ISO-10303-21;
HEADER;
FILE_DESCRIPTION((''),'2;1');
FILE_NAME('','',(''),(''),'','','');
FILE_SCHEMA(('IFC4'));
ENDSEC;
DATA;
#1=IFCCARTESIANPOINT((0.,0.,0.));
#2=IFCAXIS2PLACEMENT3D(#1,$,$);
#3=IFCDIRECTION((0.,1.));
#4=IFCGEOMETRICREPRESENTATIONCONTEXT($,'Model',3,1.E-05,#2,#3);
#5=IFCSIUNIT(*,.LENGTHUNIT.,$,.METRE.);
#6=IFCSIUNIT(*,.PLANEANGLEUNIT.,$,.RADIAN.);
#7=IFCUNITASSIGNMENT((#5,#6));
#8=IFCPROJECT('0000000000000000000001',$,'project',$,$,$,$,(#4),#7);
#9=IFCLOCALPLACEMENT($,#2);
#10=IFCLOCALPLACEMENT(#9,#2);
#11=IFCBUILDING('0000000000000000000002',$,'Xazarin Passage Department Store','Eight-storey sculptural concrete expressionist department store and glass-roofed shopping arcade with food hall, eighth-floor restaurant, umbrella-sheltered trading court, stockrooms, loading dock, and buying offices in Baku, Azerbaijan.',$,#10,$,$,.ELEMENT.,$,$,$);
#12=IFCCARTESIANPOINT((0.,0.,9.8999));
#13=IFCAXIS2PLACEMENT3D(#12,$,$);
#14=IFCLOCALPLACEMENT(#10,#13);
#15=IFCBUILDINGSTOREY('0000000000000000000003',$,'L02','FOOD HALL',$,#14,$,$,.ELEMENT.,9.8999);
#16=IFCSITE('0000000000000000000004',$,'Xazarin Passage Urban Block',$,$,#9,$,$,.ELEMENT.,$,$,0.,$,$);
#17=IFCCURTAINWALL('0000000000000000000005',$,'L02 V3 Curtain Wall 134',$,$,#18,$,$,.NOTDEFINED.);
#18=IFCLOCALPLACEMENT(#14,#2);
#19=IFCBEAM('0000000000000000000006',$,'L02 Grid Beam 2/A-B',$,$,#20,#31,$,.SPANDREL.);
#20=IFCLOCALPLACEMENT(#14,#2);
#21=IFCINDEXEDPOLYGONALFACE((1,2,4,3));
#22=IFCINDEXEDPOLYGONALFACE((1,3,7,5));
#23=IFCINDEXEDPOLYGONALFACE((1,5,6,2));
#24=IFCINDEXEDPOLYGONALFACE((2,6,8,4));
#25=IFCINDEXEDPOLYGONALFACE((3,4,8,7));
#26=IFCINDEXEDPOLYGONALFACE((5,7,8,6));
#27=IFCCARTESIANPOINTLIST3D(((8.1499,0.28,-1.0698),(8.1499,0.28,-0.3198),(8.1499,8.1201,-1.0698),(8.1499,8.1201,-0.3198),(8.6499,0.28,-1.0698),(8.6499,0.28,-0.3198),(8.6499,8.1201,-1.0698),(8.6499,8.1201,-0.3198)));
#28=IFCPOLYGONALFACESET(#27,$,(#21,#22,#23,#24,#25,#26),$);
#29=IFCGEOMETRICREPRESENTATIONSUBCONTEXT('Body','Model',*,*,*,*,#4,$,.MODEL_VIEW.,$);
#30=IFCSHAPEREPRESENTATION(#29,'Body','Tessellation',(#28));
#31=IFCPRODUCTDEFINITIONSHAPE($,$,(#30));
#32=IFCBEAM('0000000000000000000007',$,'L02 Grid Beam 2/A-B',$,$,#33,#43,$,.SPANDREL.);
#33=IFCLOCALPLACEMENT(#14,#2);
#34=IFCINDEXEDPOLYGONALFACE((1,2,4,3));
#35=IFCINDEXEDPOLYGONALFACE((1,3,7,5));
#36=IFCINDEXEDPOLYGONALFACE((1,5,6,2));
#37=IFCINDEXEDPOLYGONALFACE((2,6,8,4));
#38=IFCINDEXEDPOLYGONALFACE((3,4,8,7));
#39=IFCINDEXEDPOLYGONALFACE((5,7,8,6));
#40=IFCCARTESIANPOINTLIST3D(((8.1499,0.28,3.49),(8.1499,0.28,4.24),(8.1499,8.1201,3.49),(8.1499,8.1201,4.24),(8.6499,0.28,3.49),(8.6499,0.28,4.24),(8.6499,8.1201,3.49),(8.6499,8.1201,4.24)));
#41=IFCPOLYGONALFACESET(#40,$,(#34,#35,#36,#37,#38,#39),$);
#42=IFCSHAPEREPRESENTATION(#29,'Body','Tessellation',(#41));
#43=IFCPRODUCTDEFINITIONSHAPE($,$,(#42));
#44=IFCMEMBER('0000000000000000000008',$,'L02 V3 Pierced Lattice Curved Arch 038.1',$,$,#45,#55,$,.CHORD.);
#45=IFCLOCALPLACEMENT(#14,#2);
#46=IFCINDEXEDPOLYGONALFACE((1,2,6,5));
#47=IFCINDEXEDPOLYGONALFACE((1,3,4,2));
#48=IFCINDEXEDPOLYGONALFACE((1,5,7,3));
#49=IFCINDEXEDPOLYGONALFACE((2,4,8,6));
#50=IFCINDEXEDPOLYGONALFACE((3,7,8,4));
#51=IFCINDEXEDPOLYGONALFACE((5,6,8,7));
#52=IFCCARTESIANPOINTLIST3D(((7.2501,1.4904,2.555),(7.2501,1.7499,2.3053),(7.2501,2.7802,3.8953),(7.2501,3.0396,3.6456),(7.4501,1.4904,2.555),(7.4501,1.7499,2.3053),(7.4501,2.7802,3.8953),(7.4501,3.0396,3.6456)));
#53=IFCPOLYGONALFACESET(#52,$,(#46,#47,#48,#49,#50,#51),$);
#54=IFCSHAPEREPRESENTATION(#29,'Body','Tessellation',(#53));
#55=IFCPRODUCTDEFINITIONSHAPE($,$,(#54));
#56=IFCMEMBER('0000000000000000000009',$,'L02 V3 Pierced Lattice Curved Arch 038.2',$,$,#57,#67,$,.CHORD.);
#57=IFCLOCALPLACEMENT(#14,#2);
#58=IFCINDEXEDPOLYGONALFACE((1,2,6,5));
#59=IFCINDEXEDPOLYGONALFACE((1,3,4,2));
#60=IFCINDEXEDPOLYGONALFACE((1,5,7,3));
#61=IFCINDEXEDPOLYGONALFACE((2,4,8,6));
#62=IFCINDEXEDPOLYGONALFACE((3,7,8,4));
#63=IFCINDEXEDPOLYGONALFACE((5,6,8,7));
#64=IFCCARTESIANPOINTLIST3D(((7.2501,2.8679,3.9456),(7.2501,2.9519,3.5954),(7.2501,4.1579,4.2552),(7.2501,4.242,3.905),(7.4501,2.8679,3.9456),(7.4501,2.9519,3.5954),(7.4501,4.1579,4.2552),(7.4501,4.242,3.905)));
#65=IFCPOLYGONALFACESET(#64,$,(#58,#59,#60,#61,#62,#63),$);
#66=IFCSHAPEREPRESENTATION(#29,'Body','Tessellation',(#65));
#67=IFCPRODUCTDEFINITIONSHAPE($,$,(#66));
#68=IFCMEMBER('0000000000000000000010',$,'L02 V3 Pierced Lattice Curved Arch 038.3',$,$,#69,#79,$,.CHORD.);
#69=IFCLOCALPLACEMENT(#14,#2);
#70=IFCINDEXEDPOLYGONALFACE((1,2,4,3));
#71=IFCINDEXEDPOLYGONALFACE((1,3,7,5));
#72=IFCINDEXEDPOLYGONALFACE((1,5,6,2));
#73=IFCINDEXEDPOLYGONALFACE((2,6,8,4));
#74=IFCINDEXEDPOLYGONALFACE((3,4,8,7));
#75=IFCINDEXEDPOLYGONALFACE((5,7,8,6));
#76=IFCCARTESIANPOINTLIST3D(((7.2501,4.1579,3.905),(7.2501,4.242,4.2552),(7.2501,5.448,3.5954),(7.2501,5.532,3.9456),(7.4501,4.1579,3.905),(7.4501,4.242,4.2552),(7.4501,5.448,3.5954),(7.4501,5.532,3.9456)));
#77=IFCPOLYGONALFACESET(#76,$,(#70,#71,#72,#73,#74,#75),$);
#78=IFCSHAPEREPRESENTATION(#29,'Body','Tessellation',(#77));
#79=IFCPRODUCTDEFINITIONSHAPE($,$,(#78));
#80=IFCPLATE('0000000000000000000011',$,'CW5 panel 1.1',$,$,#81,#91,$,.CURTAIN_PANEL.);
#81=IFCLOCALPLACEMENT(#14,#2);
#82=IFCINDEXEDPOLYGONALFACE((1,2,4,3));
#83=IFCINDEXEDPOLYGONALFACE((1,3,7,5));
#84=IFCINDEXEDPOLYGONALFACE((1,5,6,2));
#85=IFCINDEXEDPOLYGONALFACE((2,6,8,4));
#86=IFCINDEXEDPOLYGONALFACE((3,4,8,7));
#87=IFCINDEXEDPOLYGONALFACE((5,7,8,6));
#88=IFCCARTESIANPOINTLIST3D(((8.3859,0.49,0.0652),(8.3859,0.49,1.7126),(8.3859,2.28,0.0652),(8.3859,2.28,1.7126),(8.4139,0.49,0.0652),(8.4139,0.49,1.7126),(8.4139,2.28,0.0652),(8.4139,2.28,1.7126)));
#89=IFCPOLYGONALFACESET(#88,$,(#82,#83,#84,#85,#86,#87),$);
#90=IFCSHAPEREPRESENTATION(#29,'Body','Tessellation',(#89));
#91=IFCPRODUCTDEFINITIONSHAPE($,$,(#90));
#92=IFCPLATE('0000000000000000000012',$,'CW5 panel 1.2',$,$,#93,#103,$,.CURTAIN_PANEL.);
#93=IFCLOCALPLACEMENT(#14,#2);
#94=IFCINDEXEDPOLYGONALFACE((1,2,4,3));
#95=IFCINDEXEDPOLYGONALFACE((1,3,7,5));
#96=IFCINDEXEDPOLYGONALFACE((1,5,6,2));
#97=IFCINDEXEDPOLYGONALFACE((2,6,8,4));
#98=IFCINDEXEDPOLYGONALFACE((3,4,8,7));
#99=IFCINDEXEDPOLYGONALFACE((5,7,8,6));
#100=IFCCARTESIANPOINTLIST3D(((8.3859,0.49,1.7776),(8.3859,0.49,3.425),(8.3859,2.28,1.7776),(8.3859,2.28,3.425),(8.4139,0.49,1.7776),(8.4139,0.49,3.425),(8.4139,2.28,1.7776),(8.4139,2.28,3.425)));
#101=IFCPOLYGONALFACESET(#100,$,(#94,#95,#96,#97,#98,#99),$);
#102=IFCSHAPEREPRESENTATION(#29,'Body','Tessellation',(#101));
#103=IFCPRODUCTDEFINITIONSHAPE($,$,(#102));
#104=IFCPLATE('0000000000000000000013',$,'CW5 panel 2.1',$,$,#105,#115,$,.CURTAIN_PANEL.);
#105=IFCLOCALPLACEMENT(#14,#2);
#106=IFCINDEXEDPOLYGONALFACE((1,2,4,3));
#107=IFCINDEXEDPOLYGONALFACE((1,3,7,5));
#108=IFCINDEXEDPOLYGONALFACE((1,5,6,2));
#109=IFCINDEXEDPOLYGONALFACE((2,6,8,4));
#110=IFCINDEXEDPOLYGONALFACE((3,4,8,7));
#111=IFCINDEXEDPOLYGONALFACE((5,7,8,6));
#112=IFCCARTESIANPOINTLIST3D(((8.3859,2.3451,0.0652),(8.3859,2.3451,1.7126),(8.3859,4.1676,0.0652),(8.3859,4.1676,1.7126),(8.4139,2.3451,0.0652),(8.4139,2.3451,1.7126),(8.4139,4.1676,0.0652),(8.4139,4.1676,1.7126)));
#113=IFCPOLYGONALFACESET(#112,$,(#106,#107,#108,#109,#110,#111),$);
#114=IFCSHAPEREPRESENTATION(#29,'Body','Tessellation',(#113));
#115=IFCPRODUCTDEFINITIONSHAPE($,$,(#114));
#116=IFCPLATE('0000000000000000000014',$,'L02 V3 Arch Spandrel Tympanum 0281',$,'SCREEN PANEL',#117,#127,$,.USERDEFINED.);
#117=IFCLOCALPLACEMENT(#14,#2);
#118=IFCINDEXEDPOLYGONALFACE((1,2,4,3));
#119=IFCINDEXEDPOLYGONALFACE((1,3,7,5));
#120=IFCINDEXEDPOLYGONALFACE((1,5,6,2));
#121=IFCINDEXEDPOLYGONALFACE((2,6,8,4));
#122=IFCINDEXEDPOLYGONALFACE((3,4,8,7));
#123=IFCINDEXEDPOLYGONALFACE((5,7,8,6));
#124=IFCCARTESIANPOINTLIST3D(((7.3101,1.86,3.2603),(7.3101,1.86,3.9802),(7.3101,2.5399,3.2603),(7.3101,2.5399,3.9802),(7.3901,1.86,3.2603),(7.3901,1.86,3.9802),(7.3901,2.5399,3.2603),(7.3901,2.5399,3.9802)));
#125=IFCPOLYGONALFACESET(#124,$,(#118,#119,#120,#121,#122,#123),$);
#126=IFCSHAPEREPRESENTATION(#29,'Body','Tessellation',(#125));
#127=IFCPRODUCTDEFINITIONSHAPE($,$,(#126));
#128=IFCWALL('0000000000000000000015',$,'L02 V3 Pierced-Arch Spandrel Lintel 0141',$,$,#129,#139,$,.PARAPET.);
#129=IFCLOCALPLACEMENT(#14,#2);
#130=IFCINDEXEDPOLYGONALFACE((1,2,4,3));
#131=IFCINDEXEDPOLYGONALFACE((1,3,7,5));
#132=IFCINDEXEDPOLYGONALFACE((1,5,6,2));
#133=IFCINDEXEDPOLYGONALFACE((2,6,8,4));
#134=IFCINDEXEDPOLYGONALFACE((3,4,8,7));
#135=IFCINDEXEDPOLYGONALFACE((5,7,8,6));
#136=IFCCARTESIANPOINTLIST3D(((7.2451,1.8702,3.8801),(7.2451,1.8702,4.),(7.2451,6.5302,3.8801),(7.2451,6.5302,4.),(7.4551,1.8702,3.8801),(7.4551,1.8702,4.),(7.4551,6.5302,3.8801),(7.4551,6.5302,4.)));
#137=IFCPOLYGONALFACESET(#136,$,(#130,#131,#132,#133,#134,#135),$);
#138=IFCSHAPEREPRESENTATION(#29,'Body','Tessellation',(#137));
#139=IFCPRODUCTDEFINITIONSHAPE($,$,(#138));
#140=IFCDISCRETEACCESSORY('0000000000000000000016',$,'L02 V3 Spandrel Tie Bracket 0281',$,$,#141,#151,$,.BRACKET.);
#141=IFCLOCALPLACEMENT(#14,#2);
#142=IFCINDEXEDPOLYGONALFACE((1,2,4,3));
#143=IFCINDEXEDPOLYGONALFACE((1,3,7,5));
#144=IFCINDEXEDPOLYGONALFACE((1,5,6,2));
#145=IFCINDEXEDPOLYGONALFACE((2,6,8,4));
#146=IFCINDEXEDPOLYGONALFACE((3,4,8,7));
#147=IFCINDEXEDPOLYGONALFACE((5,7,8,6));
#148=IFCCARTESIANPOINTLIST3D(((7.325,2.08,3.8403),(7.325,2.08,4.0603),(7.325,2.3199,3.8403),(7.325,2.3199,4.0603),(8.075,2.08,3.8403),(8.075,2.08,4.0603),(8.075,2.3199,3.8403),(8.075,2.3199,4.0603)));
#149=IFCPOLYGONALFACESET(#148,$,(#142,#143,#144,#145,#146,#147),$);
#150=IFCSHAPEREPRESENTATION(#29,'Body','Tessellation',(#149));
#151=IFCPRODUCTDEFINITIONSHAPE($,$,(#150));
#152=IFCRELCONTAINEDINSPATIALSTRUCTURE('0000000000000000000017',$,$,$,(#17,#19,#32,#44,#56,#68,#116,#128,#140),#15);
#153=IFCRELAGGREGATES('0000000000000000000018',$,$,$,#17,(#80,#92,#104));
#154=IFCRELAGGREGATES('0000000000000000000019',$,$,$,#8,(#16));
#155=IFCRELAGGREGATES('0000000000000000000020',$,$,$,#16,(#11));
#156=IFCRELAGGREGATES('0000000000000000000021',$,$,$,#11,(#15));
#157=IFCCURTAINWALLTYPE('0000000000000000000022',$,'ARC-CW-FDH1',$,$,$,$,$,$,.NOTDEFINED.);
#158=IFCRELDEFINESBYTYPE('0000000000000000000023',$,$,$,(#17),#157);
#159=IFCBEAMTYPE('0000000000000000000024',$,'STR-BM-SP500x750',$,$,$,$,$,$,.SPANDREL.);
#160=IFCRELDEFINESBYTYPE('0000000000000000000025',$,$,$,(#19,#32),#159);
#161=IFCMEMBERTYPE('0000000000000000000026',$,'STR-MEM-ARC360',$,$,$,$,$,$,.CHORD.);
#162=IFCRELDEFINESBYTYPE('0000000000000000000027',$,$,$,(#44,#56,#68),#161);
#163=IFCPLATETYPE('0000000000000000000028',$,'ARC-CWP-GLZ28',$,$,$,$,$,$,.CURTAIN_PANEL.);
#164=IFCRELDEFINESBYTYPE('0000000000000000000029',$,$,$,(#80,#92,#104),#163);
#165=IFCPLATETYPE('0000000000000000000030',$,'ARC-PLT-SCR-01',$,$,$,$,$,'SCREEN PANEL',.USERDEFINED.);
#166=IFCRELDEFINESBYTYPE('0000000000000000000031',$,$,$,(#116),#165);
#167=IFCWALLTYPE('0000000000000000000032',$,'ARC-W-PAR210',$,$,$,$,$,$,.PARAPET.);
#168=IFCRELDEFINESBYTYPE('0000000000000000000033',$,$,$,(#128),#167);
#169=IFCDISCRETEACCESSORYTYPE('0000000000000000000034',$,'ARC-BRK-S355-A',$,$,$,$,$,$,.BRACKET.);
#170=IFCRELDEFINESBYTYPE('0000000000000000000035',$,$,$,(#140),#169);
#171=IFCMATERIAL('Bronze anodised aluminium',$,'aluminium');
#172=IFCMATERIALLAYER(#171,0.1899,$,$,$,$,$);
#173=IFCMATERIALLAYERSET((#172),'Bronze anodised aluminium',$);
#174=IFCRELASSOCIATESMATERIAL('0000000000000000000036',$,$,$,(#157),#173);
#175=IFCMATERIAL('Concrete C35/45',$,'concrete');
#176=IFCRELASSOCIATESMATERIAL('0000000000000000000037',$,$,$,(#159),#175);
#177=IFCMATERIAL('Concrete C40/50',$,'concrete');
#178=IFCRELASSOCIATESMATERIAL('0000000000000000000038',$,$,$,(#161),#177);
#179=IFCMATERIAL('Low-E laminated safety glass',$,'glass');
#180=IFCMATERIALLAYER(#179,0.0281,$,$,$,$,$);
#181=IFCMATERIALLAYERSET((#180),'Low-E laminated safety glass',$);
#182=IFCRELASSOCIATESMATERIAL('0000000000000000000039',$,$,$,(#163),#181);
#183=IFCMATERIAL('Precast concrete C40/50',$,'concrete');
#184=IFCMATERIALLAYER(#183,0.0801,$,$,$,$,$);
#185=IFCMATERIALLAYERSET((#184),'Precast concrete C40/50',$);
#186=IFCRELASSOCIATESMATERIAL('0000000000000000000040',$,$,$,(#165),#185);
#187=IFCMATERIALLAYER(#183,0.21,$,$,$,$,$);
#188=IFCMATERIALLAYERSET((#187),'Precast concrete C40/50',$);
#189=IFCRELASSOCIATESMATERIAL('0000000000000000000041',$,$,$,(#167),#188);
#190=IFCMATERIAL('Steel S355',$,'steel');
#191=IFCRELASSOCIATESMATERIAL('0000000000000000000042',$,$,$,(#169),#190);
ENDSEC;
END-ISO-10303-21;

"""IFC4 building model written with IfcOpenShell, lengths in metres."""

from ifc_helpers import new_model, si_unit, direction, frame, frame_2d, origin, origin_2d, place, context, subcontext, project, spatial, rectangle, extrude, material, layer, layer_set, material_profile, profile_set, type_object, element, aggregate, save


model = new_model("IFC4")

# Units and contexts
model_context = context("Model", 3, precision=1e-05, world=origin(), true_north=direction((0.0, 1.0)))
body_context = subcontext(model_context, "Body", "Model", "MODEL_VIEW")
ifc_project = project(units=[si_unit("LENGTHUNIT", "METRE"), si_unit("PLANEANGLEUNIT", "RADIAN")], contexts=[model_context])

# Site, building, storey
site_placement = place(None, origin())
site = spatial("IfcSite", under=ifc_project, at=site_placement, Name="Xazarin Passage Urban Block", CompositionType="ELEMENT", RefElevation=0.0)
building_placement = place(site_placement, origin())
building = spatial("IfcBuilding", under=site, at=building_placement, Name="Xazarin Passage Department Store", Description="Eight-storey sculptural concrete expressionist department store and glass-roofed shopping arcade with food hall, eighth-floor restaurant, umbrella-sheltered trading court, stockrooms, loading dock, and buying offices in Baku, Azerbaijan.", CompositionType="ELEMENT")
storey_placement = place(building_placement, frame((0.0, 0.0, 9.8999)))
storey = spatial("IfcBuildingStorey", under=building, at=storey_placement, Name="L02", Description="FOOD HALL", CompositionType="ELEMENT", Elevation=9.8999)

# Shared definitions
ifc_material_1 = material(Name="Concrete C40/50", Category="concrete")

# Curtain wall
ifc_material_2 = material(Name="Bronze anodised aluminium", Category="aluminium")
ifc_layer_1 = layer(ifc_material_2, 0.1899)
ifc_layer_set_1 = layer_set([ifc_layer_1], Name="Bronze anodised aluminium")
curtain_wall_type = type_object("IfcCurtainWallType", Name="ARC-CW-FDH1", PredefinedType="NOTDEFINED", material=ifc_layer_set_1)
curtain_wall_placement = place(storey_placement, origin())
curtain_wall = element("IfcCurtainWall", 1, at=curtain_wall_placement, inside=storey, type_object=curtain_wall_type, Name="L02 V3 Curtain Wall 134", PredefinedType="NOTDEFINED")

# Beams
ifc_material_3 = material(Name="Concrete C35/45", Category="concrete")
ifc_material_profile_1 = material_profile(ifc_material_3, rectangle(XDim=0.5, YDim=0.75, at=origin_2d()), Name="RC 500x750")
ifc_profile_set_1 = profile_set([ifc_material_profile_1], Name="Concrete C35/45")
beam_type_1 = type_object("IfcBeamType", Name="STR-BM-SP500x750", PredefinedType="SPANDREL", material=ifc_profile_set_1)
for number, where, z_axis, x_axis, name in (
    (2, (8.3999, 0.28, -0.6948), (0.0, 1.0, 0.0), (-1.0, 0.0, 0.0), "L02 Grid Beam 2/A-B"),
    (3, (8.3999, 0.28, 3.865), (0.0, 1.0, 0.0), (-1.0, 0.0, 0.0), "L02 Grid Beam 2/A-B"),
):
    element("IfcBeam", number, at=place(storey_placement, frame(where, z_axis=z_axis, x_axis=x_axis)), inside=storey, type_object=beam_type_1, Name=name, PredefinedType="SPANDREL", context=body_context, shape_type="SweptSolid", body=[
        extrude(rectangle(XDim=0.5, YDim=0.75, at=origin_2d()), origin(), (0.0, 0.0, 1.0), 7.8401),
    ])

# Members
ifc_material_profile_2 = material_profile(ifc_material_1, rectangle(XDim=0.2, YDim=0.3601, at=origin_2d()), Name="RC 200x360")
ifc_profile_set_2 = profile_set([ifc_material_profile_2], Name="Concrete C40/50")
member_type_1 = type_object("IfcMemberType", Name="STR-MEM-ARC360", PredefinedType="CHORD", material=ifc_profile_set_2)
member_1_placement = place(storey_placement, frame((7.3501, 1.6201, 2.4302), z_axis=(0.0, 0.693392, 0.720561), x_axis=(-1.0, 0.0, 0.0)))
element("IfcMember", 4, at=member_1_placement, inside=storey, type_object=member_type_1, Name="L02 V3 Pierced Lattice Curved Arch 038.1", PredefinedType="CHORD", context=body_context, shape_type="SweptSolid", body=[
    extrude(rectangle(XDim=0.2, YDim=0.3601, at=origin_2d()), origin(), (0.0, 0.0, 1.0), 1.8601),
])
for number, where, z_axis, x_axis, name in (
    (5, (7.3501, 2.9099, 3.7705), (0.0, 0.972394, 0.233345), (-1.0, 0.0, 0.0), "L02 V3 Pierced Lattice Curved Arch 038.2"),
    (6, (7.3501, 4.2, 4.0801), (0.0, 0.972394, -0.233345), (-1.0, 0.0, 0.0), "L02 V3 Pierced Lattice Curved Arch 038.3"),
):
    element("IfcMember", number, at=place(storey_placement, frame(where, z_axis=z_axis, x_axis=x_axis)), inside=storey, type_object=member_type_1, Name=name, PredefinedType="CHORD", context=body_context, shape_type="SweptSolid", body=[
        extrude(rectangle(XDim=0.2, YDim=0.3601, at=origin_2d()), origin(), (0.0, 0.0, 1.0), 1.3267),
    ])

# Plates
ifc_material_4 = material(Name="Low-E laminated safety glass", Category="glass")
ifc_layer_2 = layer(ifc_material_4, 0.0281)
ifc_layer_set_2 = layer_set([ifc_layer_2], Name="Low-E laminated safety glass")
plate_type_1 = type_object("IfcPlateType", Name="ARC-CWP-GLZ28", PredefinedType="CURTAIN_PANEL", material=ifc_layer_set_2)
plate_1_placement = place(storey_placement, frame((8.3999, 1.385, 0.0652), z_axis=(0.0, 0.0, 1.0), x_axis=(0.0, 1.0, 0.0)))
plate_1 = element("IfcPlate", 7, at=plate_1_placement, type_object=plate_type_1, Name="CW5 panel 1.1", PredefinedType="CURTAIN_PANEL", context=body_context, shape_type="SweptSolid", body=[
    extrude(rectangle(XDim=1.79, YDim=0.0281, at=origin_2d()), origin(), (0.0, 0.0, 1.0), 1.6475),
])
plate_2_placement = place(storey_placement, frame((8.3999, 1.385, 1.7776), z_axis=(0.0, 0.0, 1.0), x_axis=(0.0, 1.0, 0.0)))
plate_2 = element("IfcPlate", 8, at=plate_2_placement, type_object=plate_type_1, Name="CW5 panel 1.2", PredefinedType="CURTAIN_PANEL", context=body_context, shape_type="SweptSolid", body=[
    extrude(rectangle(XDim=1.79, YDim=0.0281, at=origin_2d()), origin(), (0.0, 0.0, 1.0), 1.6475),
])
plate_3_placement = place(storey_placement, frame((8.3999, 3.2563, 0.0652), z_axis=(0.0, 0.0, 1.0), x_axis=(0.0, 1.0, 0.0)))
plate_3 = element("IfcPlate", 9, at=plate_3_placement, type_object=plate_type_1, Name="CW5 panel 2.1", PredefinedType="CURTAIN_PANEL", context=body_context, shape_type="SweptSolid", body=[
    extrude(rectangle(XDim=1.8225, YDim=0.0281, at=origin_2d()), origin(), (0.0, 0.0, 1.0), 1.6475),
])
aggregate(curtain_wall, [plate_1, plate_2, plate_3])
ifc_material_5 = material(Name="Precast concrete C40/50", Category="concrete")
ifc_layer_3 = layer(ifc_material_5, 0.0801)
ifc_layer_set_3 = layer_set([ifc_layer_3], Name="Precast concrete C40/50")
plate_type_2 = type_object("IfcPlateType", Name="ARC-PLT-SCR-01", ElementType="SCREEN PANEL", PredefinedType="USERDEFINED", material=ifc_layer_set_3)
plate_4_placement = place(storey_placement, frame((7.3501, 2.2, 3.2603), z_axis=(0.0, 0.0, 1.0), x_axis=(0.0, 1.0, 0.0)))
element("IfcPlate", 10, at=plate_4_placement, inside=storey, type_object=plate_type_2, Name="L02 V3 Arch Spandrel Tympanum 0281", ObjectType="SCREEN PANEL", PredefinedType="USERDEFINED", context=body_context, shape_type="SweptSolid", body=[
    extrude(rectangle(XDim=0.6799, YDim=0.0801, at=origin_2d()), origin(), (0.0, 0.0, 1.0), 0.72),
])

# Wall
ifc_layer_4 = layer(ifc_material_5, 0.21)
ifc_layer_set_4 = layer_set([ifc_layer_4], Name="Precast concrete C40/50")
wall_type = type_object("IfcWallType", Name="ARC-W-PAR210", PredefinedType="PARAPET", material=ifc_layer_set_4)
wall_placement = place(storey_placement, frame((7.3501, 1.8701, 3.8801), z_axis=(0.0, 0.0, 1.0), x_axis=(0.0, 1.0, 0.0)))
element("IfcWall", 11, at=wall_placement, inside=storey, type_object=wall_type, Name="L02 V3 Pierced-Arch Spandrel Lintel 0141", PredefinedType="PARAPET", context=body_context, shape_type="SweptSolid", body=[
    extrude(rectangle(XDim=4.6599, YDim=0.21, at=frame_2d((2.3301, 0.0))), origin(), (0.0, 0.0, 1.0), 0.1199),
])

# Discrete accessory
ifc_material_6 = material(Name="Steel S355", Category="steel")
discrete_accessory_type = type_object("IfcDiscreteAccessoryType", Name="ARC-BRK-S355-A", PredefinedType="BRACKET", material=ifc_material_6)
discrete_accessory_placement = place(storey_placement, frame((7.7, 2.2, 3.8403), z_axis=(0.0, 0.0, 1.0), x_axis=(0.0, 1.0, 0.0)))
element("IfcDiscreteAccessory", 12, at=discrete_accessory_placement, inside=storey, type_object=discrete_accessory_type, Name="L02 V3 Spandrel Tie Bracket 0281", PredefinedType="BRACKET", context=body_context, shape_type="SweptSolid", body=[
    extrude(rectangle(XDim=0.24, YDim=0.75, at=origin_2d()), origin(), (0.0, 0.0, 1.0), 0.22),
])

save(model, "model.ifc")
